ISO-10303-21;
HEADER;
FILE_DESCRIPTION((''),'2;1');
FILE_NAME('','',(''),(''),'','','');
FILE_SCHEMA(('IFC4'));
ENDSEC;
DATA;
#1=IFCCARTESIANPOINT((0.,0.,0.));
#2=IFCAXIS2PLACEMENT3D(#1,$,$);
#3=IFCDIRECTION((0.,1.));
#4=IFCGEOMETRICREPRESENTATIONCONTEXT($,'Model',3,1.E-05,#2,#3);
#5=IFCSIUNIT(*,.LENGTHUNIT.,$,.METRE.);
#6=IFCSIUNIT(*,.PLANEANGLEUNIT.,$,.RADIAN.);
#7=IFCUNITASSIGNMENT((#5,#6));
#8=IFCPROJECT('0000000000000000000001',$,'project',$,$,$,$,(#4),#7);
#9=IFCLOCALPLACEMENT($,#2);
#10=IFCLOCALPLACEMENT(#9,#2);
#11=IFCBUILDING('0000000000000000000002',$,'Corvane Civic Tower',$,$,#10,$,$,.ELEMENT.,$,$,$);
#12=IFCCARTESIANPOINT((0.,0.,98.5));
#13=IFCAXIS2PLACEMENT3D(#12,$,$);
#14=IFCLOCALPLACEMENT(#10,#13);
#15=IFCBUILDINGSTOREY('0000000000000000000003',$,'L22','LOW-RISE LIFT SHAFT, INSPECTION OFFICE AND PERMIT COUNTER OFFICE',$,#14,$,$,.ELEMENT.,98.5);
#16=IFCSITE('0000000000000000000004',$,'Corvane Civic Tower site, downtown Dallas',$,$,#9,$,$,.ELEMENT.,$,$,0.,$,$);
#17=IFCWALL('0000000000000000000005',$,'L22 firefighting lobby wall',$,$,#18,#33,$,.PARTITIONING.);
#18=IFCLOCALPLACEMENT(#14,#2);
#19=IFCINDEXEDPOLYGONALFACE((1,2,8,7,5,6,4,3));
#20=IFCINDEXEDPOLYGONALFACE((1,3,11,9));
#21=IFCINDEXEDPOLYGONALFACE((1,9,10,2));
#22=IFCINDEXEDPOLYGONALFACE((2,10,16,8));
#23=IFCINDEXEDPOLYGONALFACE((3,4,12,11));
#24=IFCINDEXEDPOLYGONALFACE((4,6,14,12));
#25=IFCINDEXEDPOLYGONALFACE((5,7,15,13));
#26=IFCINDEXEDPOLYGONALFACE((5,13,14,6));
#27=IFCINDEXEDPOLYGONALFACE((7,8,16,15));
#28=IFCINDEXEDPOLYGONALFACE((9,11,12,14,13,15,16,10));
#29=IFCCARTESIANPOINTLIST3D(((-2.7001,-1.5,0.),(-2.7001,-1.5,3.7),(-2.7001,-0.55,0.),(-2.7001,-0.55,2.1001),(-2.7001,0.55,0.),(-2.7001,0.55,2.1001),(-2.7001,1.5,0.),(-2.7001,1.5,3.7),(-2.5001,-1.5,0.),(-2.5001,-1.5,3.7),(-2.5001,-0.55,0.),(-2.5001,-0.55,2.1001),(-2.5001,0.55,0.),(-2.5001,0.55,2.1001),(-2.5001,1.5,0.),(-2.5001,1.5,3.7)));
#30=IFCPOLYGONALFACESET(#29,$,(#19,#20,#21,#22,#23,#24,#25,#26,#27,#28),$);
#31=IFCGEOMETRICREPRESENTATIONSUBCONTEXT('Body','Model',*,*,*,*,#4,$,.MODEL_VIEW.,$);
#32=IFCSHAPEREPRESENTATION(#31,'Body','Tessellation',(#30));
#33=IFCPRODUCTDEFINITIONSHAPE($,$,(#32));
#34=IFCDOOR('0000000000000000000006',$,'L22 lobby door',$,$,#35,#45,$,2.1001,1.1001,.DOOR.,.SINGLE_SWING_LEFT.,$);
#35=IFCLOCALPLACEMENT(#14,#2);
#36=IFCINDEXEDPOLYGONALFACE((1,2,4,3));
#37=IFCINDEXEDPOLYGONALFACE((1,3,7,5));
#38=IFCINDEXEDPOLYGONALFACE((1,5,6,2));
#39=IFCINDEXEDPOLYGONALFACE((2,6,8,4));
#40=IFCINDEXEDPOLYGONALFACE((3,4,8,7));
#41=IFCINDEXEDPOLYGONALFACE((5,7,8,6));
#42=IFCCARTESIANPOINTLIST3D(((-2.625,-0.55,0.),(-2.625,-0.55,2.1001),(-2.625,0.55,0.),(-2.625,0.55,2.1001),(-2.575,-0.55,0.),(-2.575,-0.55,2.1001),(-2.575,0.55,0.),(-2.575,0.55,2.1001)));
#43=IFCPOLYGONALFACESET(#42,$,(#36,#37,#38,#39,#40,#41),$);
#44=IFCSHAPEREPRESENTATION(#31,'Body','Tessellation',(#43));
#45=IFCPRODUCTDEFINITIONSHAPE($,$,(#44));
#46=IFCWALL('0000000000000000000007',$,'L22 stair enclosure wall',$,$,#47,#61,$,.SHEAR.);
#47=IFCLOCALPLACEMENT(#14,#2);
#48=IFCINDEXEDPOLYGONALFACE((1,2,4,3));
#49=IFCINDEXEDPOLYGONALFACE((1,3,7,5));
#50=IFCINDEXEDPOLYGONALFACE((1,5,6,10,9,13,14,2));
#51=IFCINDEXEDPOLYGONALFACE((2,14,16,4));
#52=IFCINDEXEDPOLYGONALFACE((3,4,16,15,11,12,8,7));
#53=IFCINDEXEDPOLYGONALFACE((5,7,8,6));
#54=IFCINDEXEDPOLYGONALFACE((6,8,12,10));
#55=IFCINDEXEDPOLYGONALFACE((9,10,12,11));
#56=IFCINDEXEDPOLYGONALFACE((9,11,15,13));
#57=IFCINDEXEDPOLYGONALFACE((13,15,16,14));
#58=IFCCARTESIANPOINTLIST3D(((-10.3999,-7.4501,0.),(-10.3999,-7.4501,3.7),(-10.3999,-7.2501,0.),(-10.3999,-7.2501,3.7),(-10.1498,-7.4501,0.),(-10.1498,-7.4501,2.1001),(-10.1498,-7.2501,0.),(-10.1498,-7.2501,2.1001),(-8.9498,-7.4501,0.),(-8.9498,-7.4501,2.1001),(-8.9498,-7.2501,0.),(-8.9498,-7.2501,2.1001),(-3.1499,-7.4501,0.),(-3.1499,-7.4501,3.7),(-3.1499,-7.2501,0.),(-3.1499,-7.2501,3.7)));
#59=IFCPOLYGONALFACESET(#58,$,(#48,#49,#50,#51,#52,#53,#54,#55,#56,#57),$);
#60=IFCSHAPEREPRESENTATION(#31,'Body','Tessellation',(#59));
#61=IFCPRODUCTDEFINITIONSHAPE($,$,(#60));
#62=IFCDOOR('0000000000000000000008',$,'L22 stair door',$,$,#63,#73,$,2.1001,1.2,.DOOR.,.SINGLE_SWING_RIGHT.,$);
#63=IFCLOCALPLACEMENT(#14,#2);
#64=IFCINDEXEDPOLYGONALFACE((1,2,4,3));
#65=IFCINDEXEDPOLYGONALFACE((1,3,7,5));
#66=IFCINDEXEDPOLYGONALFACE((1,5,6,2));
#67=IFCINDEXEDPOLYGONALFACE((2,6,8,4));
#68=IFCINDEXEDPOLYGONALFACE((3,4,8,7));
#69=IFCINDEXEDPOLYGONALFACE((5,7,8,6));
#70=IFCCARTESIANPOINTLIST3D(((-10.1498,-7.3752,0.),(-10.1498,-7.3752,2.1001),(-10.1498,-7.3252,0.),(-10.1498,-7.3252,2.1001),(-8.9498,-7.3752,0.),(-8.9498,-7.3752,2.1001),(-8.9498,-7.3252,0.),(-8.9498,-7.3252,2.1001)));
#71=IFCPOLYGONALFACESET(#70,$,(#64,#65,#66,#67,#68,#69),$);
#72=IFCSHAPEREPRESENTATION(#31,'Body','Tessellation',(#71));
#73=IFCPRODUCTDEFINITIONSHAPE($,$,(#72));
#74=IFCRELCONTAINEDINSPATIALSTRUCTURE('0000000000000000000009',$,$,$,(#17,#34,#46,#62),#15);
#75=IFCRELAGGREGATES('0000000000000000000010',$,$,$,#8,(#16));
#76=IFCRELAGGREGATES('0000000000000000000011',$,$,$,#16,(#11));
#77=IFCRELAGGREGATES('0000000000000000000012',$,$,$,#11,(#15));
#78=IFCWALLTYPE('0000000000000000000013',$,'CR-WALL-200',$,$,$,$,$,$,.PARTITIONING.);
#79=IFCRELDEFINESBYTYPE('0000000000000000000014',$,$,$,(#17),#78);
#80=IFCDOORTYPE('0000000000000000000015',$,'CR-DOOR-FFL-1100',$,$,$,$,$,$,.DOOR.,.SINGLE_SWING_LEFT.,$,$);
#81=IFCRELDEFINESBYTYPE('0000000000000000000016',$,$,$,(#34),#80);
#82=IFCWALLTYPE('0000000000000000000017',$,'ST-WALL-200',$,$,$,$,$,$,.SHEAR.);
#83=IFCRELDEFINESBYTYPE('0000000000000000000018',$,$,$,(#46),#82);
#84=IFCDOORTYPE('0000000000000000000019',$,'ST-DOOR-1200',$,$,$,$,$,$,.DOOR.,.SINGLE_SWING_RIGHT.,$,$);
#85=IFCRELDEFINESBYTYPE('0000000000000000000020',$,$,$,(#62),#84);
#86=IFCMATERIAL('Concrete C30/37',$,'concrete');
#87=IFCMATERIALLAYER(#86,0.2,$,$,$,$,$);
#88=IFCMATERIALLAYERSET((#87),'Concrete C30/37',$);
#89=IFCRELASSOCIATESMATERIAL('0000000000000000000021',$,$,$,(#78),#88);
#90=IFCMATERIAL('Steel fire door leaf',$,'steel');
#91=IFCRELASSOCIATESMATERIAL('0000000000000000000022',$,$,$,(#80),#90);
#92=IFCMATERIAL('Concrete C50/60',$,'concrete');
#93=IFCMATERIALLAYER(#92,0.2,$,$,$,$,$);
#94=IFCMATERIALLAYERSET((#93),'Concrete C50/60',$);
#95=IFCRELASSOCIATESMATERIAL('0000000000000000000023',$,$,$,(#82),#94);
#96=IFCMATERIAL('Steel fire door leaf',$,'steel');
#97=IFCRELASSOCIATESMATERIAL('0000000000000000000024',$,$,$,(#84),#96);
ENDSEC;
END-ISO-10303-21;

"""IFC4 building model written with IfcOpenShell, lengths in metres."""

from ifc_helpers import new_model, si_unit, direction, frame, frame_2d, origin, place, context, subcontext, project, spatial, rectangle, extrude, material, layer, layer_set, type_object, element, fill, save


model = new_model("IFC4")

# Units and contexts
model_context = context("Model", 3, precision=1e-05, world=origin(), true_north=direction((0.0, 1.0)))
body_context = subcontext(model_context, "Body", "Model", "MODEL_VIEW")
ifc_project = project(units=[si_unit("LENGTHUNIT", "METRE"), si_unit("PLANEANGLEUNIT", "RADIAN")], contexts=[model_context])

# Site, building, storey
site_placement = place(None, origin())
site = spatial("IfcSite", under=ifc_project, at=site_placement, Name="Corvane Civic Tower site, downtown Dallas", CompositionType="ELEMENT", RefElevation=0.0)
building_placement = place(site_placement, origin())
building = spatial("IfcBuilding", under=site, at=building_placement, Name="Corvane Civic Tower", CompositionType="ELEMENT")
storey_placement = place(building_placement, frame((0.0, 0.0, 98.5)))
storey = spatial("IfcBuildingStorey", under=building, at=storey_placement, Name="L22", Description="LOW-RISE LIFT SHAFT, INSPECTION OFFICE AND PERMIT COUNTER OFFICE", CompositionType="ELEMENT", Elevation=98.5)

# Shared definitions
ifc_material_1 = material(Name="Concrete C30/37", Category="concrete")
ifc_layer_1 = layer(ifc_material_1, 0.2)
ifc_layer_set_1 = layer_set([ifc_layer_1], Name="Concrete C30/37")
wall_type_1 = type_object("IfcWallType", Name="CR-WALL-200", PredefinedType="PARTITIONING", material=ifc_layer_set_1)

# Walls, openings, doors
ifc_material_2 = material(Name="Steel fire door leaf", Category="steel")
door_type_1 = type_object("IfcDoorType", Name="CR-DOOR-FFL-1100", OperationType="SINGLE_SWING_LEFT", PredefinedType="DOOR", material=ifc_material_2)
wall_1_placement = place(storey_placement, frame((-2.6001, -1.5, 0.0), z_axis=(0.0, 0.0, 1.0), x_axis=(0.0, 1.0, 0.0)))
wall_1 = element("IfcWall", 1, at=wall_1_placement, inside=storey, type_object=wall_type_1, Name="L22 firefighting lobby wall", PredefinedType="PARTITIONING", context=body_context, shape_type="SweptSolid", body=[
    extrude(rectangle(XDim=3.0, YDim=0.2, at=frame_2d((1.5, 0.0))), origin(), (0.0, 0.0, 1.0), 3.7),
])
opening_1_placement = place(wall_1_placement, frame((0.95, 0.0, 0.0)))
opening_1 = element("IfcOpeningElement", 2, at=opening_1_placement, cuts=wall_1, PredefinedType="OPENING", context=body_context, shape_type="SweptSolid", body=[
    extrude(rectangle(XDim=1.1001, YDim=2.1001, at=frame_2d((0.55, 1.05))), frame((0.0, 0.1099, 0.0), z_axis=(0.0, -1.0, 0.0), x_axis=(1.0, 0.0, 0.0)), (0.0, 0.0, 1.0), 0.22),
])
door_1_placement = place(opening_1_placement, origin())
door_1 = element("IfcDoor", 3, at=door_1_placement, inside=storey, type_object=door_type_1, Name="L22 lobby door", OperationType="SINGLE_SWING_LEFT", OverallHeight=2.1001, OverallWidth=1.1001, PredefinedType="DOOR", context=body_context, shape_type="SweptSolid", body=[
    extrude(rectangle(XDim=1.1001, YDim=2.1001, at=frame_2d((0.55, 1.05))), frame((0.0, 0.0249, 0.0), z_axis=(0.0, -1.0, 0.0), x_axis=(1.0, 0.0, 0.0)), (0.0, 0.0, 1.0), 0.05),
])
fill(opening_1, door_1)
ifc_material_3 = material(Name="Concrete C50/60", Category="concrete")
ifc_layer_2 = layer(ifc_material_3, 0.2)
ifc_layer_set_2 = layer_set([ifc_layer_2], Name="Concrete C50/60")
wall_type_2 = type_object("IfcWallType", Name="ST-WALL-200", PredefinedType="SHEAR", material=ifc_layer_set_2)
wall_2_placement = place(storey_placement, frame((-10.3999, -7.3501, 0.0), z_axis=(0.0, 0.0, 1.0), x_axis=(1.0, 0.0, 0.0)))
wall_2 = element("IfcWall", 4, at=wall_2_placement, inside=storey, type_object=wall_type_2, Name="L22 stair enclosure wall", PredefinedType="SHEAR", context=body_context, shape_type="SweptSolid", body=[
    extrude(rectangle(XDim=7.25, YDim=0.2, at=frame_2d((3.625, 0.0))), origin(), (0.0, 0.0, 1.0), 3.7),
])
opening_2_placement = place(wall_2_placement, frame((0.25, 0.0, 0.0)))
opening_2 = element("IfcOpeningElement", 5, at=opening_2_placement, cuts=wall_2, PredefinedType="OPENING", context=body_context, shape_type="SweptSolid", body=[
    extrude(rectangle(XDim=1.2, YDim=2.1001, at=frame_2d((0.6001, 1.05))), frame((0.0, 0.1099, 0.0), z_axis=(0.0, -1.0, 0.0), x_axis=(1.0, 0.0, 0.0)), (0.0, 0.0, 1.0), 0.22),
])
ifc_material_4 = material(Name="Steel fire door leaf", Category="steel")
door_type_2 = type_object("IfcDoorType", Name="ST-DOOR-1200", OperationType="SINGLE_SWING_RIGHT", PredefinedType="DOOR", material=ifc_material_4)
door_2_placement = place(opening_2_placement, origin())
door_2 = element("IfcDoor", 6, at=door_2_placement, inside=storey, type_object=door_type_2, Name="L22 stair door", OperationType="SINGLE_SWING_RIGHT", OverallHeight=2.1001, OverallWidth=1.2, PredefinedType="DOOR", context=body_context, shape_type="SweptSolid", body=[
    extrude(rectangle(XDim=1.2, YDim=2.1001, at=frame_2d((0.6001, 1.05))), frame((0.0, 0.0249, 0.0), z_axis=(0.0, -1.0, 0.0), x_axis=(1.0, 0.0, 0.0)), (0.0, 0.0, 1.0), 0.05),
])
fill(opening_2, door_2)

save(model, "model.ifc")
